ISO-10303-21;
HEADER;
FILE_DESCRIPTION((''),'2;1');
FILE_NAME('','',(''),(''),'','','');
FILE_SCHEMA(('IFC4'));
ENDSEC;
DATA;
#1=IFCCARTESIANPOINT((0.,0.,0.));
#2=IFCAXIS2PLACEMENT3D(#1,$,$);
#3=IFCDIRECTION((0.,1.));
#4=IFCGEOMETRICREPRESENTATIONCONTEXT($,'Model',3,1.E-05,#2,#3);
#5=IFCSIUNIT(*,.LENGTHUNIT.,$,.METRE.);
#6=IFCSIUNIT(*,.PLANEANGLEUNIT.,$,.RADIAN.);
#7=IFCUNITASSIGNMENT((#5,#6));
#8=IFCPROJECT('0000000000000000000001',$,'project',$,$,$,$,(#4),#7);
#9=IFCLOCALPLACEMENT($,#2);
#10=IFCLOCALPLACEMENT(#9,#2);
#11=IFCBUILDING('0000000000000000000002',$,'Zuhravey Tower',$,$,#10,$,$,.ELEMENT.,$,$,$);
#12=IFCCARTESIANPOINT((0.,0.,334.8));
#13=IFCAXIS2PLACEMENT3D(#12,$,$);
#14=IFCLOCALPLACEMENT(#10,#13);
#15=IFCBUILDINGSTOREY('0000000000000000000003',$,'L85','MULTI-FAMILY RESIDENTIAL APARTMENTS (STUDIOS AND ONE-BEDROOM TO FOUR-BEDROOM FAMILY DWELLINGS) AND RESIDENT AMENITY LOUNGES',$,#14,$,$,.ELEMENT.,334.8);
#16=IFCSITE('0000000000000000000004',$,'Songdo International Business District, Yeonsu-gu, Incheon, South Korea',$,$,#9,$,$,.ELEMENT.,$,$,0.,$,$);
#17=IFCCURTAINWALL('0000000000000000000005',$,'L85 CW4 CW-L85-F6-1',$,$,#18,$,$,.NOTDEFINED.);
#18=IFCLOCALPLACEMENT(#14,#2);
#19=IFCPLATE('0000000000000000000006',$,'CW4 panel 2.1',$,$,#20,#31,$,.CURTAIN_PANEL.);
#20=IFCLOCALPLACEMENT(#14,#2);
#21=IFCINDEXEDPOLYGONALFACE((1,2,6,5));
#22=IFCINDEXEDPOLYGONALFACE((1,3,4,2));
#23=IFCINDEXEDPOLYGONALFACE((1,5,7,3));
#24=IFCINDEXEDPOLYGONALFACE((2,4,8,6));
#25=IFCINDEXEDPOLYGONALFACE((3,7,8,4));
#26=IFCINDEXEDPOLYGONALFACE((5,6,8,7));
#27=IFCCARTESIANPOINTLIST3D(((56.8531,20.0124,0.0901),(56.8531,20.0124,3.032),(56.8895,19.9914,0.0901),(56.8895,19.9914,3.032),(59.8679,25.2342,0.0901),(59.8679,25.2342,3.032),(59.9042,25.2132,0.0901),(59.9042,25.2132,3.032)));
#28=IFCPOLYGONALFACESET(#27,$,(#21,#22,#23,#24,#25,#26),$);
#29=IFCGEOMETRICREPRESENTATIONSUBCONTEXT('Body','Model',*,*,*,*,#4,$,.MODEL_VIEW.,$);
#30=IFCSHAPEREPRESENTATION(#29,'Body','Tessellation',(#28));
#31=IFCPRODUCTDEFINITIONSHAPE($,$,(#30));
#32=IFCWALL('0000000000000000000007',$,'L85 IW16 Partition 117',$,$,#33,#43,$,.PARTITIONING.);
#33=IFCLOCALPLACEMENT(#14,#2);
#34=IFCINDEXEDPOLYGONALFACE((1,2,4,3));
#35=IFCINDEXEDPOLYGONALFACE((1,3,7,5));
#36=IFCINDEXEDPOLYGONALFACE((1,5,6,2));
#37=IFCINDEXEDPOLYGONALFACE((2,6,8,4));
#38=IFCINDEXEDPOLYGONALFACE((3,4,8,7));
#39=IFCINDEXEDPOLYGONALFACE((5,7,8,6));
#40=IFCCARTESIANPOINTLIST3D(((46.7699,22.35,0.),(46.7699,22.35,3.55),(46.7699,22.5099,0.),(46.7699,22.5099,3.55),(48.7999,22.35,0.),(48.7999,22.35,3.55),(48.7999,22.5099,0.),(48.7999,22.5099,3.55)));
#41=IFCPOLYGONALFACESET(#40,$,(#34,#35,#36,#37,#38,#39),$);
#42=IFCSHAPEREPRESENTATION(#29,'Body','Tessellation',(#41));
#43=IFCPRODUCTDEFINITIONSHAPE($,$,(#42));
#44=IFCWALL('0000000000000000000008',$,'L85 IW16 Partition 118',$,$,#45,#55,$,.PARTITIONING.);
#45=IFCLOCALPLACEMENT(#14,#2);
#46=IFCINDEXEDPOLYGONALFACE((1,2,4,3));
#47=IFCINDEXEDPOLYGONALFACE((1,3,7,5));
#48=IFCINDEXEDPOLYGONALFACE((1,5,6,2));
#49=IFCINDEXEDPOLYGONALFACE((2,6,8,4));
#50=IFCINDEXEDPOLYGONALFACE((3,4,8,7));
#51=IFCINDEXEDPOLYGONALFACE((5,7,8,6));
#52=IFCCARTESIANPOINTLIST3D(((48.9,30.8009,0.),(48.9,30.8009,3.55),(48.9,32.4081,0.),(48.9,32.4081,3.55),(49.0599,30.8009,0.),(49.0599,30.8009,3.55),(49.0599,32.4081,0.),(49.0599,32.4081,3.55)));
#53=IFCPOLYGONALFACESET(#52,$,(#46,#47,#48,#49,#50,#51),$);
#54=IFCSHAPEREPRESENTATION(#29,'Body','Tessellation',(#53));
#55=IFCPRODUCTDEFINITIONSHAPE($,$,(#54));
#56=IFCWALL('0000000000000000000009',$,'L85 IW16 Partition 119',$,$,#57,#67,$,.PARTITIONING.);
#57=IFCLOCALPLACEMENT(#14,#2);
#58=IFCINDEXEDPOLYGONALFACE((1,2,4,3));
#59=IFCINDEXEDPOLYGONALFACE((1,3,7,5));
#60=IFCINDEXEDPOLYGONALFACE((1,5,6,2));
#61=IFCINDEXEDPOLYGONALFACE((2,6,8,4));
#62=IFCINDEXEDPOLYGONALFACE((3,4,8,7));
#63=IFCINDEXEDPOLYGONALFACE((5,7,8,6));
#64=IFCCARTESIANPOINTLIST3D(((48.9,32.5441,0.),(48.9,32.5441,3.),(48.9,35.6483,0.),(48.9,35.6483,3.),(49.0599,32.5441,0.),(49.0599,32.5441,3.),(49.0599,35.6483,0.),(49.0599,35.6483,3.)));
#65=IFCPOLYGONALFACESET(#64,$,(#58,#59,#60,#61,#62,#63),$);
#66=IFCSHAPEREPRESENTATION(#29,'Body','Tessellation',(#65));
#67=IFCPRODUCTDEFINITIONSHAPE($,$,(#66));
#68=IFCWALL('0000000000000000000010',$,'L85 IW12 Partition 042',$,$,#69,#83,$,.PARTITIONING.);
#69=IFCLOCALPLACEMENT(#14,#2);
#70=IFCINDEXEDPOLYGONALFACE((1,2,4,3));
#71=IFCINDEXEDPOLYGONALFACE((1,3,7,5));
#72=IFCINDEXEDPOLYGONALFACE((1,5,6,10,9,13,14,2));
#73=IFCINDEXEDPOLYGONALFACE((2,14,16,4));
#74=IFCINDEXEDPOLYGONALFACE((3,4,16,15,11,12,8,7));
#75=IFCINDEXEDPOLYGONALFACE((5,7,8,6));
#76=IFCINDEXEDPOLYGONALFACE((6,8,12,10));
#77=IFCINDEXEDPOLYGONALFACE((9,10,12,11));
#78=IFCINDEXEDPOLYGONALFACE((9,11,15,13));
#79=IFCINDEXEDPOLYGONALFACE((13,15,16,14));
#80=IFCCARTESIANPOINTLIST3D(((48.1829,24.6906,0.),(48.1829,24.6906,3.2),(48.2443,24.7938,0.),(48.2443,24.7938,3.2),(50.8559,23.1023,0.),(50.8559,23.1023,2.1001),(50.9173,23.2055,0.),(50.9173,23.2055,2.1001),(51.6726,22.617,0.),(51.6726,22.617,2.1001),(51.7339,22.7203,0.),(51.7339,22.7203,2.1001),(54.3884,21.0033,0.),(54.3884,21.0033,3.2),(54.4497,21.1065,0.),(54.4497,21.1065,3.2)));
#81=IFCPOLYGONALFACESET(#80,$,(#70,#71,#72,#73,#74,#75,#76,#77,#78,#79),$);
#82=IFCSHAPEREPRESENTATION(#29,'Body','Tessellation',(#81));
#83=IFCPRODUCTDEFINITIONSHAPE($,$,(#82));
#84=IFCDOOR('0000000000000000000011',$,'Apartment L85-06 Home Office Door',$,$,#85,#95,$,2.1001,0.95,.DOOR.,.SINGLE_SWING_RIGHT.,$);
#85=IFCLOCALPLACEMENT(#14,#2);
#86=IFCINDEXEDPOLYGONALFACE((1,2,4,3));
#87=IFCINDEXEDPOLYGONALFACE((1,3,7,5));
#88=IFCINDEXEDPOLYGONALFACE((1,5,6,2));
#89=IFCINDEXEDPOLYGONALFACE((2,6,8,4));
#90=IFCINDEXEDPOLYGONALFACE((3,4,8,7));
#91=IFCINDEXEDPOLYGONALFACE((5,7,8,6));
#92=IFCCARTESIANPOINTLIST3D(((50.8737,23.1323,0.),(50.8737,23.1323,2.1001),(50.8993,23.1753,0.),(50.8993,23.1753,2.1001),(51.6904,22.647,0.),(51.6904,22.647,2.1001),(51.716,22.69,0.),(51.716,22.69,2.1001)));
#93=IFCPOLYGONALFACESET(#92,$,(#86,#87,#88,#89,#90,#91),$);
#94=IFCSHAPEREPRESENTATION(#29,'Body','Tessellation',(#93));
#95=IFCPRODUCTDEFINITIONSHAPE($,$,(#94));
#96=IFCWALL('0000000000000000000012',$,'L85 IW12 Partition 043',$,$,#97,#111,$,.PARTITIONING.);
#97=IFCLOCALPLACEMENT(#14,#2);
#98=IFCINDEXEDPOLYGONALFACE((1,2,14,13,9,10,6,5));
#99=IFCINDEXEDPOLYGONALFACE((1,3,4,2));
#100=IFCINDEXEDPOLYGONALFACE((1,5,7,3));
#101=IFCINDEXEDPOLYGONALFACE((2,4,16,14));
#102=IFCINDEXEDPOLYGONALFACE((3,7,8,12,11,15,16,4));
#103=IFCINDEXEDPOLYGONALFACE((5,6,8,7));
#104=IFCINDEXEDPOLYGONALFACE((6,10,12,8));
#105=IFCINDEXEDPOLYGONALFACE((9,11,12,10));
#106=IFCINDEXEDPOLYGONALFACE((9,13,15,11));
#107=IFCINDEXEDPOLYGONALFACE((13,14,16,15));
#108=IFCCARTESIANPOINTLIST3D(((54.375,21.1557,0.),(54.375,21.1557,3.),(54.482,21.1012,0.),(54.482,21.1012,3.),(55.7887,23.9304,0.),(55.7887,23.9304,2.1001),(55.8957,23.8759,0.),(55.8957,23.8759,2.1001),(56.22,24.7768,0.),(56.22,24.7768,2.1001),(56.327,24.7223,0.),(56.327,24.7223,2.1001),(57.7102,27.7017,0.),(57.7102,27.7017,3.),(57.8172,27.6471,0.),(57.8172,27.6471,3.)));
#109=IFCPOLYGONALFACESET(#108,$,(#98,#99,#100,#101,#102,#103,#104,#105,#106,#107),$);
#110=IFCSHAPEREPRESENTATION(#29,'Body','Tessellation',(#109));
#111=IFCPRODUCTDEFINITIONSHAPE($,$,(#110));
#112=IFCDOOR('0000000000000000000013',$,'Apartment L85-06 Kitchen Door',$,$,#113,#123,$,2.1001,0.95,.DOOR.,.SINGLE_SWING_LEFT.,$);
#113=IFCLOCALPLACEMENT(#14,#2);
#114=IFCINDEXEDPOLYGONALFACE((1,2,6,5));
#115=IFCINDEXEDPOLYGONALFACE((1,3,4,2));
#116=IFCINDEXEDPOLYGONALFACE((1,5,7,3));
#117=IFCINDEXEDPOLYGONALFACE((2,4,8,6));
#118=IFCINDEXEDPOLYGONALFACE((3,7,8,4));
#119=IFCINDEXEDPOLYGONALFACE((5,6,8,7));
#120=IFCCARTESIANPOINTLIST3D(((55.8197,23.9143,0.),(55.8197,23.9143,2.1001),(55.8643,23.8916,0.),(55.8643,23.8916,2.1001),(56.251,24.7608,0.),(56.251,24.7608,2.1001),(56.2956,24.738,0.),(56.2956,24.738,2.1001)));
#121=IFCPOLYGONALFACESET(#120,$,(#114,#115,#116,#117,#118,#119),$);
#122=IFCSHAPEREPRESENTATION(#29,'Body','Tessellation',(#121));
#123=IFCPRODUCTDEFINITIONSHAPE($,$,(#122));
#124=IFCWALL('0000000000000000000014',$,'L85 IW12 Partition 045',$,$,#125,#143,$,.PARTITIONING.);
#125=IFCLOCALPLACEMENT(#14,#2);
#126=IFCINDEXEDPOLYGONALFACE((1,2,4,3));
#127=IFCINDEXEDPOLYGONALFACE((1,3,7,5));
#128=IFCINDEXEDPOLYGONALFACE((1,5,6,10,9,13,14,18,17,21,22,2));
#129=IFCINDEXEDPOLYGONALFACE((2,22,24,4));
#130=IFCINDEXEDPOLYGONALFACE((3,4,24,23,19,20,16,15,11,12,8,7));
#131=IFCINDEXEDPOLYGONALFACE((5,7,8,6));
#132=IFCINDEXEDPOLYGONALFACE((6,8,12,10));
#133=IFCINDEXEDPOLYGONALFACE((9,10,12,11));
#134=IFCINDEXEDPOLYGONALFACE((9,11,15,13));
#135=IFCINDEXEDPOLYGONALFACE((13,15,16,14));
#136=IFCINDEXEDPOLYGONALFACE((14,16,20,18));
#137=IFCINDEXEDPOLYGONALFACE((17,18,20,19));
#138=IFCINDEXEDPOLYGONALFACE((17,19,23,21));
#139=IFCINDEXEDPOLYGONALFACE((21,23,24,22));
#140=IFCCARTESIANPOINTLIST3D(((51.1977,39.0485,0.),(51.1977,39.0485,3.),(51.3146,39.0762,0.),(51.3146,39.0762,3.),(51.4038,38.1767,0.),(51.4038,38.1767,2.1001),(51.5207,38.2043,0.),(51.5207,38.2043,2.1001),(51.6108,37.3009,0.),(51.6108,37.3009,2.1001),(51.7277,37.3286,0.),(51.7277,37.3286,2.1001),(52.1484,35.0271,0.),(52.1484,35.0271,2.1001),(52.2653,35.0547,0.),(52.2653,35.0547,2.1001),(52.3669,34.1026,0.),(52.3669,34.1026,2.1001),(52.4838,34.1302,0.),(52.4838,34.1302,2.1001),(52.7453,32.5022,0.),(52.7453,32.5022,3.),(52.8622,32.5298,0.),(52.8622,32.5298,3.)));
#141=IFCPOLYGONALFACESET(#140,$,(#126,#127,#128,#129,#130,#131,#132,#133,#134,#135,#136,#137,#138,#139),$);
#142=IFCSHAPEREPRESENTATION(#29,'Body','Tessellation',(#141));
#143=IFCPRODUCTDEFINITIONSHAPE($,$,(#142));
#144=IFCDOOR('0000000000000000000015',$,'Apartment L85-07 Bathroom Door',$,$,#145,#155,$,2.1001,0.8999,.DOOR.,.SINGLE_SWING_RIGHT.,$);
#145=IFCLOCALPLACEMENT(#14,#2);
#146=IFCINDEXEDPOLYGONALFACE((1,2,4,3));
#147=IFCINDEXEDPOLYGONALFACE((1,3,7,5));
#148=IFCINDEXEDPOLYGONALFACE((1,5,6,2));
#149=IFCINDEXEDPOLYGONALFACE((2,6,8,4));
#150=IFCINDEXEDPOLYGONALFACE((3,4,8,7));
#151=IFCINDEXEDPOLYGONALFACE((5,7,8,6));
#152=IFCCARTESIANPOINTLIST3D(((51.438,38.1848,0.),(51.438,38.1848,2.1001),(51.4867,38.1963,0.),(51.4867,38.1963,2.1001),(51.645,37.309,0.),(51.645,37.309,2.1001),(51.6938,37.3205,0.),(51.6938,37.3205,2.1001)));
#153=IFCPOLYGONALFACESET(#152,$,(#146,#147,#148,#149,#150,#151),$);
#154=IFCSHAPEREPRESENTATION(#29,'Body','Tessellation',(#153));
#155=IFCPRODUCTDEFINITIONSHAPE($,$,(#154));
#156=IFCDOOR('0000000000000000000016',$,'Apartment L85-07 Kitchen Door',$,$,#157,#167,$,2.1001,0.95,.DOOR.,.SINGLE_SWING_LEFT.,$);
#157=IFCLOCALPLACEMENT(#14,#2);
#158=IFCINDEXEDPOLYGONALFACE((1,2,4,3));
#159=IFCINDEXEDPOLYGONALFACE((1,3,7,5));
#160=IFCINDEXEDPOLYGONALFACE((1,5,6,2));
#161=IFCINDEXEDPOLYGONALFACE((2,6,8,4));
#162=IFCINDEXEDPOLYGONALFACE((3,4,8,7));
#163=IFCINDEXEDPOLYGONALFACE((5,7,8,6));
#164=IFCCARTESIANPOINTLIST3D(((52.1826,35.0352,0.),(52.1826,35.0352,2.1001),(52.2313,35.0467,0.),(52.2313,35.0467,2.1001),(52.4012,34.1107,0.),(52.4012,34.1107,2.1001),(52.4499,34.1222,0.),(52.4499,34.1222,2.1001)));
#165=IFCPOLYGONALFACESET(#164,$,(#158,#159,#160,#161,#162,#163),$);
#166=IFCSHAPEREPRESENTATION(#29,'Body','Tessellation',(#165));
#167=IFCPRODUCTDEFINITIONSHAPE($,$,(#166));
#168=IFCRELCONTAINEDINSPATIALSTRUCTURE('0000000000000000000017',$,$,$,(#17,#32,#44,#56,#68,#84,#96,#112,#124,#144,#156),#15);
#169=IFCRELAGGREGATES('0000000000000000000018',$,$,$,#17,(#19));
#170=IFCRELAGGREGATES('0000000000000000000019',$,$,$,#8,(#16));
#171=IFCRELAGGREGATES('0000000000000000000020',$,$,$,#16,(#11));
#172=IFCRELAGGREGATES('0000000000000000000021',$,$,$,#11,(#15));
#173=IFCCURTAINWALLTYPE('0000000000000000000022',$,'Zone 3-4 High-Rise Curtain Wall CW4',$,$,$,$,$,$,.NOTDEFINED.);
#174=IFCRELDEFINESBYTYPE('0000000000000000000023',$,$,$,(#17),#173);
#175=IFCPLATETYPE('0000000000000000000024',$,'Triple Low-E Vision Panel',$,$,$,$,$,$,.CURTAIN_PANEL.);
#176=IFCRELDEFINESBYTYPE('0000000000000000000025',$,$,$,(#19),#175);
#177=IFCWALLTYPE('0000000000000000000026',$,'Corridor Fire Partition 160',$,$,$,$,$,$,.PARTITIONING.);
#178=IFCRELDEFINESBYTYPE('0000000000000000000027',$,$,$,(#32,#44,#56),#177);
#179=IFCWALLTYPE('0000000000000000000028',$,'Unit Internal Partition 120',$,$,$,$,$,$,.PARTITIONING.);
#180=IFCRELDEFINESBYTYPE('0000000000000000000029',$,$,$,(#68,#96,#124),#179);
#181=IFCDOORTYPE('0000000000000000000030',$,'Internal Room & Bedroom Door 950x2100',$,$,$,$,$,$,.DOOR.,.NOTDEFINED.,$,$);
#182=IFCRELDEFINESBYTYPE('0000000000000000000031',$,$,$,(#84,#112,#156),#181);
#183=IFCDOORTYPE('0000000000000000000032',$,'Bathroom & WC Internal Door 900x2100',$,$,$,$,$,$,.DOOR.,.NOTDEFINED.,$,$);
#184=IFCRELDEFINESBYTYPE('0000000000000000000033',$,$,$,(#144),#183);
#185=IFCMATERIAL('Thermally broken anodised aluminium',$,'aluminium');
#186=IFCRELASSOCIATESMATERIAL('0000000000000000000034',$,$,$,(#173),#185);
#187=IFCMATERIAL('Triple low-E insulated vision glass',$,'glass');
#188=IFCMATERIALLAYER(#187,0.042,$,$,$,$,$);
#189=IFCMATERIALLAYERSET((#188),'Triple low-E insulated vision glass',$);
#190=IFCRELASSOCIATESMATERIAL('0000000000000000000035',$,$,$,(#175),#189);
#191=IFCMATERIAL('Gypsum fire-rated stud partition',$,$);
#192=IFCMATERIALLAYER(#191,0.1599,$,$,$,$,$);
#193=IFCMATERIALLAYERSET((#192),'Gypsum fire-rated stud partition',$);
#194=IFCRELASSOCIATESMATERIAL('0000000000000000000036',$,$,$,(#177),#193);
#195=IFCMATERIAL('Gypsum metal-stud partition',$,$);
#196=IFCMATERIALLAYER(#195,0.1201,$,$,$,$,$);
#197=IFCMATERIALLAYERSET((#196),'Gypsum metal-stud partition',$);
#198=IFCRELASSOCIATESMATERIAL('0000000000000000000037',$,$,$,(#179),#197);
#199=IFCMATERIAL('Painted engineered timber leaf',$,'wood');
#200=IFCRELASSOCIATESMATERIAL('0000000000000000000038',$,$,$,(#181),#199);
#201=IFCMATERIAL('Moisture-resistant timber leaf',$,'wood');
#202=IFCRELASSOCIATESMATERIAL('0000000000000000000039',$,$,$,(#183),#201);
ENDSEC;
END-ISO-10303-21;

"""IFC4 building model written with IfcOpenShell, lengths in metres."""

from ifc_helpers import new_model, si_unit, direction, frame, frame_2d, origin, origin_2d, place, context, subcontext, project, spatial, rectangle, extrude, material, layer, layer_set, type_object, element, fill, aggregate, save


model = new_model("IFC4")

# Units and contexts
model_context = context("Model", 3, precision=1e-05, world=origin(), true_north=direction((0.0, 1.0)))
body_context = subcontext(model_context, "Body", "Model", "MODEL_VIEW")
ifc_project = project(units=[si_unit("LENGTHUNIT", "METRE"), si_unit("PLANEANGLEUNIT", "RADIAN")], contexts=[model_context])

# Site, building, storey
site_placement = place(None, origin())
site = spatial("IfcSite", under=ifc_project, at=site_placement, Name="Songdo International Business District, Yeonsu-gu, Incheon, South Korea", CompositionType="ELEMENT", RefElevation=0.0)
building_placement = place(site_placement, origin())
building = spatial("IfcBuilding", under=site, at=building_placement, Name="Zuhravey Tower", CompositionType="ELEMENT")
storey_placement = place(building_placement, frame((0.0, 0.0, 334.8)))
storey = spatial("IfcBuildingStorey", under=building, at=storey_placement, Name="L85", Description="MULTI-FAMILY RESIDENTIAL APARTMENTS (STUDIOS AND ONE-BEDROOM TO FOUR-BEDROOM FAMILY DWELLINGS) AND RESIDENT AMENITY LOUNGES", CompositionType="ELEMENT", Elevation=334.8)

# Curtain wall
ifc_material_1 = material(Name="Thermally broken anodised aluminium", Category="aluminium")
curtain_wall_type = type_object("IfcCurtainWallType", Name="Zone 3-4 High-Rise Curtain Wall CW4", PredefinedType="NOTDEFINED", material=ifc_material_1)
curtain_wall_placement = place(storey_placement, origin())
curtain_wall = element("IfcCurtainWall", 1, at=curtain_wall_placement, inside=storey, type_object=curtain_wall_type, Name="L85 CW4 CW-L85-F6-1", PredefinedType="NOTDEFINED")

# Plate
ifc_material_2 = material(Name="Triple low-E insulated vision glass", Category="glass")
ifc_layer_1 = layer(ifc_material_2, 0.042)
ifc_layer_set_1 = layer_set([ifc_layer_1], Name="Triple low-E insulated vision glass")
plate_type = type_object("IfcPlateType", Name="Triple Low-E Vision Panel", PredefinedType="CURTAIN_PANEL", material=ifc_layer_set_1)
plate_1_placement = place(storey_placement, frame((58.3787, 22.6128, 0.0901), z_axis=(0.0, 0.0, 1.0), x_axis=(-0.5, -0.866026, 0.0)))
plate_1 = element("IfcPlate", 2, at=plate_1_placement, type_object=plate_type, Name="CW4 panel 2.1", PredefinedType="CURTAIN_PANEL", context=body_context, shape_type="SweptSolid", body=[
    extrude(rectangle(XDim=6.0295, YDim=0.042, at=origin_2d()), origin(), (0.0, 0.0, 1.0), 2.9419),
])
aggregate(curtain_wall, [plate_1])

# Walls
ifc_material_3 = material(Name="Gypsum fire-rated stud partition")
ifc_layer_2 = layer(ifc_material_3, 0.1599)
ifc_layer_set_2 = layer_set([ifc_layer_2], Name="Gypsum fire-rated stud partition")
wall_type_1 = type_object("IfcWallType", Name="Corridor Fire Partition 160", PredefinedType="PARTITIONING", material=ifc_layer_set_2)
wall_1_placement = place(storey_placement, frame((48.8, 22.4299, 0.0), z_axis=(0.0, 0.0, 1.0), x_axis=(-1.0, 0.0, 0.0)))
element("IfcWall", 3, at=wall_1_placement, inside=storey, type_object=wall_type_1, Name="L85 IW16 Partition 117", PredefinedType="PARTITIONING", context=body_context, shape_type="SweptSolid", body=[
    extrude(rectangle(XDim=2.03, YDim=0.1599, at=frame_2d((1.0151, 0.0))), origin(), (0.0, 0.0, 1.0), 3.55),
])
wall_2_placement = place(storey_placement, frame((48.98, 30.8008, 0.0), z_axis=(0.0, 0.0, 1.0), x_axis=(0.0, 1.0, 0.0)))
element("IfcWall", 4, at=wall_2_placement, inside=storey, type_object=wall_type_1, Name="L85 IW16 Partition 118", PredefinedType="PARTITIONING", context=body_context, shape_type="SweptSolid", body=[
    extrude(rectangle(XDim=1.6072, YDim=0.1599, at=frame_2d((0.8037, 0.0))), origin(), (0.0, 0.0, 1.0), 3.55),
])
wall_3_placement = place(storey_placement, frame((48.98, 32.5439, 0.0), z_axis=(0.0, 0.0, 1.0), x_axis=(0.0, 1.0, 0.0)))
element("IfcWall", 5, at=wall_3_placement, inside=storey, type_object=wall_type_1, Name="L85 IW16 Partition 119", PredefinedType="PARTITIONING", context=body_context, shape_type="SweptSolid", body=[
    extrude(rectangle(XDim=3.1042, YDim=0.1599, at=frame_2d((1.5522, 0.0))), origin(), (0.0, 0.0, 1.0), 3.0),
])

# Walls, openings, doors
ifc_material_4 = material(Name="Gypsum metal-stud partition")
ifc_layer_3 = layer(ifc_material_4, 0.1201)
ifc_layer_set_3 = layer_set([ifc_layer_3], Name="Gypsum metal-stud partition")
wall_type_2 = type_object("IfcWallType", Name="Unit Internal Partition 120", PredefinedType="PARTITIONING", material=ifc_layer_set_3)
wall_4_placement = place(storey_placement, frame((48.2136, 24.7422, 0.0), z_axis=(0.0, 0.0, 1.0), x_axis=(0.859682, -0.51083, 0.0)))
wall_4 = element("IfcWall", 6, at=wall_4_placement, inside=storey, type_object=wall_type_2, Name="L85 IW12 Partition 042", PredefinedType="PARTITIONING", context=body_context, shape_type="SweptSolid", body=[
    extrude(rectangle(XDim=7.2183, YDim=0.1201, at=frame_2d((3.6091, 0.0))), origin(), (0.0, 0.0, 1.0), 3.2),
])
opening_1_placement = place(wall_4_placement, frame((3.1091, 0.0, 0.0)))
opening_1 = element("IfcOpeningElement", 7, at=opening_1_placement, cuts=wall_4, PredefinedType="OPENING", context=body_context, shape_type="SweptSolid", body=[
    extrude(rectangle(XDim=0.95, YDim=2.1001, at=frame_2d((0.4751, 1.05))), frame((0.0, 0.072, 0.0), z_axis=(0.0, -1.0, 0.0), x_axis=(1.0, 0.0, 0.0)), (0.0, 0.0, 1.0), 0.144),
])
ifc_material_5 = material(Name="Painted engineered timber leaf", Category="wood")
door_type_1 = type_object("IfcDoorType", Name="Internal Room & Bedroom Door 950x2100", OperationType="NOTDEFINED", PredefinedType="DOOR", material=ifc_material_5)
door_1_placement = place(opening_1_placement, origin())
door_1 = element("IfcDoor", 8, at=door_1_placement, inside=storey, type_object=door_type_1, Name="Apartment L85-06 Home Office Door", OperationType="SINGLE_SWING_RIGHT", OverallHeight=2.1001, OverallWidth=0.95, PredefinedType="DOOR", context=body_context, shape_type="SweptSolid", body=[
    extrude(rectangle(XDim=0.95, YDim=2.1001, at=frame_2d((0.4751, 1.05))), frame((0.0, 0.0249, 0.0), z_axis=(0.0, -1.0, 0.0), x_axis=(1.0, 0.0, 0.0)), (0.0, 0.0, 1.0), 0.05),
])
fill(opening_1, door_1)
wall_5_placement = place(storey_placement, frame((54.4285, 21.1284, 0.0), z_axis=(0.0, 0.0, 1.0), x_axis=(0.45398, 0.891012, 0.0)))
wall_5 = element("IfcWall", 9, at=wall_5_placement, inside=storey, type_object=wall_type_2, Name="L85 IW12 Partition 043", PredefinedType="PARTITIONING", context=body_context, shape_type="SweptSolid", body=[
    extrude(rectangle(XDim=7.3467, YDim=0.1201, at=frame_2d((3.6733, 0.0))), origin(), (0.0, 0.0, 1.0), 3.0),
])
opening_2_placement = place(wall_5_placement, frame((3.114, 0.0, 0.0)))
opening_2 = element("IfcOpeningElement", 10, at=opening_2_placement, cuts=wall_5, PredefinedType="OPENING", context=body_context, shape_type="SweptSolid", body=[
    extrude(rectangle(XDim=0.95, YDim=2.1001, at=frame_2d((0.4751, 1.05))), frame((0.0, 0.072, 0.0), z_axis=(0.0, -1.0, 0.0), x_axis=(1.0, 0.0, 0.0)), (0.0, 0.0, 1.0), 0.144),
])
door_2_placement = place(opening_2_placement, frame((0.95, 0.0, 0.0), z_axis=(0.0, 0.0, 1.0), x_axis=(-1.0, 0.0, 0.0)))
door_2 = element("IfcDoor", 11, at=door_2_placement, inside=storey, type_object=door_type_1, Name="Apartment L85-06 Kitchen Door", OperationType="SINGLE_SWING_LEFT", OverallHeight=2.1001, OverallWidth=0.95, PredefinedType="DOOR", context=body_context, shape_type="SweptSolid", body=[
    extrude(rectangle(XDim=0.95, YDim=2.1001, at=frame_2d((0.4751, 1.05))), frame((0.0, 0.0249, 0.0), z_axis=(0.0, -1.0, 0.0), x_axis=(1.0, 0.0, 0.0)), (0.0, 0.0, 1.0), 0.05),
])
fill(opening_2, door_2)

# Wall, openings, doors
wall_6_placement = place(storey_placement, frame((52.8037, 32.5161, 0.0), z_axis=(0.0, 0.0, 1.0), x_axis=(-0.230065, 0.973175, 0.0)))
wall_6 = element("IfcWall", 12, at=wall_6_placement, inside=storey, type_object=wall_type_2, Name="L85 IW12 Partition 045", PredefinedType="PARTITIONING", context=body_context, shape_type="SweptSolid", body=[
    extrude(rectangle(XDim=6.7268, YDim=0.1201, at=frame_2d((3.3633, 0.0))), origin(), (0.0, 0.0, 1.0), 3.0),
])
opening_3_placement = place(wall_6_placement, frame((1.6443, 0.0, 0.0)))
opening_3 = element("IfcOpeningElement", 13, at=opening_3_placement, cuts=wall_6, PredefinedType="OPENING", context=body_context, shape_type="SweptSolid", body=[
    extrude(rectangle(XDim=0.95, YDim=2.1001, at=frame_2d((0.4751, 1.05))), frame((0.0, 0.072, 0.0), z_axis=(0.0, -1.0, 0.0), x_axis=(1.0, 0.0, 0.0)), (0.0, 0.0, 1.0), 0.144),
])
opening_4_placement = place(wall_6_placement, frame((4.9309, 0.0, 0.0)))
opening_4 = element("IfcOpeningElement", 14, at=opening_4_placement, cuts=wall_6, PredefinedType="OPENING", context=body_context, shape_type="SweptSolid", body=[
    extrude(rectangle(XDim=0.8999, YDim=2.1001, at=frame_2d((0.45, 1.05))), frame((0.0, 0.072, 0.0), z_axis=(0.0, -1.0, 0.0), x_axis=(1.0, 0.0, 0.0)), (0.0, 0.0, 1.0), 0.144),
])
ifc_material_6 = material(Name="Moisture-resistant timber leaf", Category="wood")
door_type_2 = type_object("IfcDoorType", Name="Bathroom & WC Internal Door 900x2100", OperationType="NOTDEFINED", PredefinedType="DOOR", material=ifc_material_6)
door_3_placement = place(opening_4_placement, origin())
door_3 = element("IfcDoor", 15, at=door_3_placement, inside=storey, type_object=door_type_2, Name="Apartment L85-07 Bathroom Door", OperationType="SINGLE_SWING_RIGHT", OverallHeight=2.1001, OverallWidth=0.8999, PredefinedType="DOOR", context=body_context, shape_type="SweptSolid", body=[
    extrude(rectangle(XDim=0.8999, YDim=2.1001, at=frame_2d((0.45, 1.05))), frame((0.0, 0.0249, 0.0), z_axis=(0.0, -1.0, 0.0), x_axis=(1.0, 0.0, 0.0)), (0.0, 0.0, 1.0), 0.05),
])
fill(opening_4, door_3)
door_4_placement = place(opening_3_placement, origin())
door_4 = element("IfcDoor", 16, at=door_4_placement, inside=storey, type_object=door_type_1, Name="Apartment L85-07 Kitchen Door", OperationType="SINGLE_SWING_LEFT", OverallHeight=2.1001, OverallWidth=0.95, PredefinedType="DOOR", context=body_context, shape_type="SweptSolid", body=[
    extrude(rectangle(XDim=0.95, YDim=2.1001, at=frame_2d((0.4751, 1.05))), frame((0.0, 0.0249, 0.0), z_axis=(0.0, -1.0, 0.0), x_axis=(1.0, 0.0, 0.0)), (0.0, 0.0, 1.0), 0.05),
])
fill(opening_3, door_4)

save(model, "model.ifc")
